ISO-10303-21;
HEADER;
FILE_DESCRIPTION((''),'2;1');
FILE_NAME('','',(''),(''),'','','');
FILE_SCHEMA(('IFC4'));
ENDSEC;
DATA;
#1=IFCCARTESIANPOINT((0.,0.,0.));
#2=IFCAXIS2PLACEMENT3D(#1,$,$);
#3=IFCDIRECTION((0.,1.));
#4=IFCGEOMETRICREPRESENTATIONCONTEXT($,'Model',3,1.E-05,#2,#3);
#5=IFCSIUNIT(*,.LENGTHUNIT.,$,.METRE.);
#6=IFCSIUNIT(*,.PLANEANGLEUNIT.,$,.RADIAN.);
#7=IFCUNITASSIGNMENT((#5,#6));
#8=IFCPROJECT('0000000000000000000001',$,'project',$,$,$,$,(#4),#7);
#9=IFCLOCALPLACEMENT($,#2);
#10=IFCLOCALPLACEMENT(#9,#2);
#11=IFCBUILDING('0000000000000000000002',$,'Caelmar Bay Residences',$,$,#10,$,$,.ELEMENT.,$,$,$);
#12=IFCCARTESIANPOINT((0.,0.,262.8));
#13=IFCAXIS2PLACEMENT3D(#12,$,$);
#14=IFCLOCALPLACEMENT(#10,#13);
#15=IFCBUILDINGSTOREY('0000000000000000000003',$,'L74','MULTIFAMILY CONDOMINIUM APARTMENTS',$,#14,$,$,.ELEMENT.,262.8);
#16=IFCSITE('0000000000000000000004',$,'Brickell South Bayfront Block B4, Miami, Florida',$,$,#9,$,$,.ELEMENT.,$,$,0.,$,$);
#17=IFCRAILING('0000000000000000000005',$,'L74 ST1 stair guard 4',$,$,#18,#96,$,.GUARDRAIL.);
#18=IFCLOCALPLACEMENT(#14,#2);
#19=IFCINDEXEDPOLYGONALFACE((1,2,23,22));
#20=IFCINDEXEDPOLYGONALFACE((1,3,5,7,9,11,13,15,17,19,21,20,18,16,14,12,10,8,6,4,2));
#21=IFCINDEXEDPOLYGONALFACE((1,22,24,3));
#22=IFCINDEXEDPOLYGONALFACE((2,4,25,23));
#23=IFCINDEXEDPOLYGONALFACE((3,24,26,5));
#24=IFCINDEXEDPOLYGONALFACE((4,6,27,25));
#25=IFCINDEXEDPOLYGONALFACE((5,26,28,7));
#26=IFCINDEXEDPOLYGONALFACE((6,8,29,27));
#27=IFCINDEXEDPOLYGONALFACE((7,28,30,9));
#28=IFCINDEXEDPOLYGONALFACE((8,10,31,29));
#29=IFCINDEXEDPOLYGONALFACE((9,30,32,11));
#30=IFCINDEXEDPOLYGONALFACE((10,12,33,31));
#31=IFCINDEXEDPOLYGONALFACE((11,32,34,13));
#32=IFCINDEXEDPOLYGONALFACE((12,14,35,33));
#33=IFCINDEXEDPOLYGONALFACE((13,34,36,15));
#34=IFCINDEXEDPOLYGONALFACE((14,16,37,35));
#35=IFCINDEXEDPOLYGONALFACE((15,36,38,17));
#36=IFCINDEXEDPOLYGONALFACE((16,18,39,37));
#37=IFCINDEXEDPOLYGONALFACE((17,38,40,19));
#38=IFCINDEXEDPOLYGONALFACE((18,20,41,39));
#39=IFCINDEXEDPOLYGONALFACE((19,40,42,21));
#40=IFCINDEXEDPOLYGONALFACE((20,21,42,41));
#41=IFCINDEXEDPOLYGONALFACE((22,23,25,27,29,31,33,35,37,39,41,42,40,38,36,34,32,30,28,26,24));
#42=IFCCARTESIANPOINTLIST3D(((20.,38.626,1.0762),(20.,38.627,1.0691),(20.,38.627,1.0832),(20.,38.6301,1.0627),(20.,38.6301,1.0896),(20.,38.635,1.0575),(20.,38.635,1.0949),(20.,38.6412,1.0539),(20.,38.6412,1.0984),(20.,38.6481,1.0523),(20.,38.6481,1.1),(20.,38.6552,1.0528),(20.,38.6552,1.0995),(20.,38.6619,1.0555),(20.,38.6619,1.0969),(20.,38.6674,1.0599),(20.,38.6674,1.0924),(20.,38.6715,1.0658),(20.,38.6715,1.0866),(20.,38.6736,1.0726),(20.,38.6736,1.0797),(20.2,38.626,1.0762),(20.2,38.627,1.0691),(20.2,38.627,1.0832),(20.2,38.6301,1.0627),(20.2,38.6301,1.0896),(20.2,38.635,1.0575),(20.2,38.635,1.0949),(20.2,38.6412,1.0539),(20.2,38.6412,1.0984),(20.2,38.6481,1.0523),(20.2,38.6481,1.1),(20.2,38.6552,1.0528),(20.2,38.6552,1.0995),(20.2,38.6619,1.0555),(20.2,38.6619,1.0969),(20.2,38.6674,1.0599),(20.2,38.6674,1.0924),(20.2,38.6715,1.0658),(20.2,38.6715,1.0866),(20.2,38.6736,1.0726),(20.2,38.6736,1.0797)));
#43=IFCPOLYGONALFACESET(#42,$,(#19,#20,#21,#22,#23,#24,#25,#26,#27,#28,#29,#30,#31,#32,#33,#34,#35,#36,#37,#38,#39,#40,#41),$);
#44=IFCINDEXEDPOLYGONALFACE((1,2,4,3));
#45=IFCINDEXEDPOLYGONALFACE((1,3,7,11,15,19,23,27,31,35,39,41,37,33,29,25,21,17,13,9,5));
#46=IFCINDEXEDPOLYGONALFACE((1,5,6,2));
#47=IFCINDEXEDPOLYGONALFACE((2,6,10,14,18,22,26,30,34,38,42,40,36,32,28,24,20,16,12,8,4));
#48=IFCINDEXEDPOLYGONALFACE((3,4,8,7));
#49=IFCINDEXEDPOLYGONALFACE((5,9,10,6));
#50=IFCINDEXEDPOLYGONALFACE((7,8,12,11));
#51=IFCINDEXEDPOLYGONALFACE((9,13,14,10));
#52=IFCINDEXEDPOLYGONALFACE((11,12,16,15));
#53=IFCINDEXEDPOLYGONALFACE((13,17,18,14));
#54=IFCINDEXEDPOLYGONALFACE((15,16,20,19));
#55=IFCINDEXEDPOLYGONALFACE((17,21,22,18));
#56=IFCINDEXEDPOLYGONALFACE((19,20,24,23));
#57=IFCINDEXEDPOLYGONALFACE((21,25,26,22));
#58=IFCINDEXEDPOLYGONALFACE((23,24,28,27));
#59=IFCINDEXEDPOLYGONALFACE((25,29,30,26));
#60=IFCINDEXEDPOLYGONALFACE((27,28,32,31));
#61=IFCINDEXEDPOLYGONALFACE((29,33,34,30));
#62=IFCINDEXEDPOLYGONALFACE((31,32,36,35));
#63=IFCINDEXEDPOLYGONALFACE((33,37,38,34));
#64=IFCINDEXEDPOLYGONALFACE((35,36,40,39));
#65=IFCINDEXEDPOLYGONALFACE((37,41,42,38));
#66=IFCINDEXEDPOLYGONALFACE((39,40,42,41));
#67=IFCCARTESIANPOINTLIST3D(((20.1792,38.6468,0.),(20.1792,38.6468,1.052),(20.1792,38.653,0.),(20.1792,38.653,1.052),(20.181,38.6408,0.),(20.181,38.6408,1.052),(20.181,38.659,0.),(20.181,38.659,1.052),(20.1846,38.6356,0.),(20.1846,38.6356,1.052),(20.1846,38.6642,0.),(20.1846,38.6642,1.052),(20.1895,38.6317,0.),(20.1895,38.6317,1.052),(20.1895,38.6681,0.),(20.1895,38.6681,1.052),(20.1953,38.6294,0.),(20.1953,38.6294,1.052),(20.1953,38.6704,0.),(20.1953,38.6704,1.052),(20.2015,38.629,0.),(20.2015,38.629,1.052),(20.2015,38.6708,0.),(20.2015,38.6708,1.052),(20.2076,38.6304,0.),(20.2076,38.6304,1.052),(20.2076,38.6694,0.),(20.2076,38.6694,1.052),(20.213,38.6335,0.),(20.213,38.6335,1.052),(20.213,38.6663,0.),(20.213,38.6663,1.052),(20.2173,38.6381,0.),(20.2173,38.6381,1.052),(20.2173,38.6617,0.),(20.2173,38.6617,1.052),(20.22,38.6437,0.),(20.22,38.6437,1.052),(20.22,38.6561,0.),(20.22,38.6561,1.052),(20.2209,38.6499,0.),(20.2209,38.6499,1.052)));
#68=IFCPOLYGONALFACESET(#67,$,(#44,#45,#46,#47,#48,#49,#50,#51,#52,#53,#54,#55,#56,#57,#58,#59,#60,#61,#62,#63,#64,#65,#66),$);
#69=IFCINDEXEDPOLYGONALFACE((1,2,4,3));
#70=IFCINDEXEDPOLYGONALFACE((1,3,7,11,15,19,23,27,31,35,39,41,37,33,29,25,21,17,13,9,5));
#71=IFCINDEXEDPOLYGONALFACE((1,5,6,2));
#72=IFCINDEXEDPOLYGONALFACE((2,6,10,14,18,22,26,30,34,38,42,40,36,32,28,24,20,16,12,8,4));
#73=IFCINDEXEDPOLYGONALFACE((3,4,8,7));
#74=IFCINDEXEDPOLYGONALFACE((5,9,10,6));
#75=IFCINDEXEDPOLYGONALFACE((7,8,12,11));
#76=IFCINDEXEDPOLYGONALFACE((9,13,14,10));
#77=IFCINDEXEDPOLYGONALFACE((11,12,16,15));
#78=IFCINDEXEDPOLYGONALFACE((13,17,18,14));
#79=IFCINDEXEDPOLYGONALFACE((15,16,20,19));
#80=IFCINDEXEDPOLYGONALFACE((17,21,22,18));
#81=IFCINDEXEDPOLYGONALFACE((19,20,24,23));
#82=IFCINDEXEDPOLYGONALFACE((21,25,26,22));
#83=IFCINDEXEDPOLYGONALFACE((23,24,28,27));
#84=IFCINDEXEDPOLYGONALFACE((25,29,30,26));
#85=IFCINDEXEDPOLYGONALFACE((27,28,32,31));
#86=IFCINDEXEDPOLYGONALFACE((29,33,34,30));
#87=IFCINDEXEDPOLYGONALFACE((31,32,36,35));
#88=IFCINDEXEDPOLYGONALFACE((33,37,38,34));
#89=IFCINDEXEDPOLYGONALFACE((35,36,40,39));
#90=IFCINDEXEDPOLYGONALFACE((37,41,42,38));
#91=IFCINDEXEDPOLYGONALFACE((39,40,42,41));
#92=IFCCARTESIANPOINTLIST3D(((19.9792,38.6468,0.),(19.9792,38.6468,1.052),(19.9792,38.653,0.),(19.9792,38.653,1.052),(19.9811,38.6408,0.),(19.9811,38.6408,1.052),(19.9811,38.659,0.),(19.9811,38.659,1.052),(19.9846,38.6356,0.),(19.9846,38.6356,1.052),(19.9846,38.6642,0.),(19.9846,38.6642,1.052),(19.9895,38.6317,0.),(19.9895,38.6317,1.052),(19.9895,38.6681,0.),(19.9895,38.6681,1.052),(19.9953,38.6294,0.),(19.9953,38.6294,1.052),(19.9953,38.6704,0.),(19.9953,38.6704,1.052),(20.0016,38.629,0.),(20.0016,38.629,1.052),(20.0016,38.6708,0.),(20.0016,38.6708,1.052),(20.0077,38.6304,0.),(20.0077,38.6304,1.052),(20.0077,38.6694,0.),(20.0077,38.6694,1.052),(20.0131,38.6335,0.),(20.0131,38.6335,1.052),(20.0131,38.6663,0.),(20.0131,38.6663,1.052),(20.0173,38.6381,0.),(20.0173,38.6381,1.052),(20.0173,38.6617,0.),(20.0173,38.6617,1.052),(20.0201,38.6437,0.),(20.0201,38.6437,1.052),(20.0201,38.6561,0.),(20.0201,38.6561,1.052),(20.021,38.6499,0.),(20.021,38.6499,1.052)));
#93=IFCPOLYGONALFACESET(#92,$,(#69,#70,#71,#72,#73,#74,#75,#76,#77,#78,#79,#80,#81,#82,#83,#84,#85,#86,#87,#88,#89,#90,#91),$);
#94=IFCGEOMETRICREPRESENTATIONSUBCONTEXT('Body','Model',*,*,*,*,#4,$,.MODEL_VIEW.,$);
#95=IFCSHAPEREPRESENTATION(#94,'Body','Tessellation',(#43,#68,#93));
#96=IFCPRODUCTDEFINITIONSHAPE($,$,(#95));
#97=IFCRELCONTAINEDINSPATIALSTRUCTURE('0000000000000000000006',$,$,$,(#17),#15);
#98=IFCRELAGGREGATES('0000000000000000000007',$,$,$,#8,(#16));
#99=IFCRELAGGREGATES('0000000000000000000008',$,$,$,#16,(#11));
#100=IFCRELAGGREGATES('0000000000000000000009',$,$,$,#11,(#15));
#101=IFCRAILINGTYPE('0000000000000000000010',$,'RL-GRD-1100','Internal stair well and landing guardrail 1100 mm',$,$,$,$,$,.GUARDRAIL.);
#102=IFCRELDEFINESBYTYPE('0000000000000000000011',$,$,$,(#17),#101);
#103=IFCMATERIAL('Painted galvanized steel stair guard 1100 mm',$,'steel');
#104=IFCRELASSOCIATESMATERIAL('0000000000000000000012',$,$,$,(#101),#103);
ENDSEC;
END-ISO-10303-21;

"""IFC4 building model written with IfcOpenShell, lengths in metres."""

from ifc_helpers import new_model, si_unit, direction, frame, origin, origin_2d, place, context, subcontext, project, spatial, circle, extrude, material, type_object, element, save


model = new_model("IFC4")

# Units and contexts
model_context = context("Model", 3, precision=1e-05, world=origin(), true_north=direction((0.0, 1.0)))
body_context = subcontext(model_context, "Body", "Model", "MODEL_VIEW")
ifc_project = project(units=[si_unit("LENGTHUNIT", "METRE"), si_unit("PLANEANGLEUNIT", "RADIAN")], contexts=[model_context])

# Site, building, storey
site_placement = place(None, origin())
site = spatial("IfcSite", under=ifc_project, at=site_placement, Name="Brickell South Bayfront Block B4, Miami, Florida", CompositionType="ELEMENT", RefElevation=0.0)
building_placement = place(site_placement, origin())
building = spatial("IfcBuilding", under=site, at=building_placement, Name="Caelmar Bay Residences", CompositionType="ELEMENT")
storey_placement = place(building_placement, frame((0.0, 0.0, 262.8)))
storey = spatial("IfcBuildingStorey", under=building, at=storey_placement, Name="L74", Description="MULTIFAMILY CONDOMINIUM APARTMENTS", CompositionType="ELEMENT", Elevation=262.8)

# Railing
ifc_material_1 = material(Name="Painted galvanized steel stair guard 1100 mm", Category="steel")
railing_type_1 = type_object("IfcRailingType", Name="RL-GRD-1100", Description="Internal stair well and landing guardrail 1100 mm", PredefinedType="GUARDRAIL", material=ifc_material_1)
railing_1_placement = place(storey_placement, frame((20.2, 38.6499, 0.0)))
element("IfcRailing", 1, at=railing_1_placement, inside=storey, type_object=railing_type_1, Name="L74 ST1 stair guard 4", PredefinedType="GUARDRAIL", context=body_context, shape_type="SweptSolid", body=[
    extrude(circle(Radius=0.0239, at=origin_2d()), frame((0.0, 0.0, 1.0762), z_axis=(-1.0, 0.0, 0.0), x_axis=(0.0, -1.0, 0.0)), (0.0, 0.0, 1.0), 0.2),
    extrude(circle(Radius=0.021, at=origin_2d()), origin(), (0.0, 0.0, 1.0), 1.052),
    extrude(circle(Radius=0.021, at=origin_2d()), frame((-0.2, 0.0, 0.0)), (0.0, 0.0, 1.0), 1.052),
])

save(model, "model.ifc")
